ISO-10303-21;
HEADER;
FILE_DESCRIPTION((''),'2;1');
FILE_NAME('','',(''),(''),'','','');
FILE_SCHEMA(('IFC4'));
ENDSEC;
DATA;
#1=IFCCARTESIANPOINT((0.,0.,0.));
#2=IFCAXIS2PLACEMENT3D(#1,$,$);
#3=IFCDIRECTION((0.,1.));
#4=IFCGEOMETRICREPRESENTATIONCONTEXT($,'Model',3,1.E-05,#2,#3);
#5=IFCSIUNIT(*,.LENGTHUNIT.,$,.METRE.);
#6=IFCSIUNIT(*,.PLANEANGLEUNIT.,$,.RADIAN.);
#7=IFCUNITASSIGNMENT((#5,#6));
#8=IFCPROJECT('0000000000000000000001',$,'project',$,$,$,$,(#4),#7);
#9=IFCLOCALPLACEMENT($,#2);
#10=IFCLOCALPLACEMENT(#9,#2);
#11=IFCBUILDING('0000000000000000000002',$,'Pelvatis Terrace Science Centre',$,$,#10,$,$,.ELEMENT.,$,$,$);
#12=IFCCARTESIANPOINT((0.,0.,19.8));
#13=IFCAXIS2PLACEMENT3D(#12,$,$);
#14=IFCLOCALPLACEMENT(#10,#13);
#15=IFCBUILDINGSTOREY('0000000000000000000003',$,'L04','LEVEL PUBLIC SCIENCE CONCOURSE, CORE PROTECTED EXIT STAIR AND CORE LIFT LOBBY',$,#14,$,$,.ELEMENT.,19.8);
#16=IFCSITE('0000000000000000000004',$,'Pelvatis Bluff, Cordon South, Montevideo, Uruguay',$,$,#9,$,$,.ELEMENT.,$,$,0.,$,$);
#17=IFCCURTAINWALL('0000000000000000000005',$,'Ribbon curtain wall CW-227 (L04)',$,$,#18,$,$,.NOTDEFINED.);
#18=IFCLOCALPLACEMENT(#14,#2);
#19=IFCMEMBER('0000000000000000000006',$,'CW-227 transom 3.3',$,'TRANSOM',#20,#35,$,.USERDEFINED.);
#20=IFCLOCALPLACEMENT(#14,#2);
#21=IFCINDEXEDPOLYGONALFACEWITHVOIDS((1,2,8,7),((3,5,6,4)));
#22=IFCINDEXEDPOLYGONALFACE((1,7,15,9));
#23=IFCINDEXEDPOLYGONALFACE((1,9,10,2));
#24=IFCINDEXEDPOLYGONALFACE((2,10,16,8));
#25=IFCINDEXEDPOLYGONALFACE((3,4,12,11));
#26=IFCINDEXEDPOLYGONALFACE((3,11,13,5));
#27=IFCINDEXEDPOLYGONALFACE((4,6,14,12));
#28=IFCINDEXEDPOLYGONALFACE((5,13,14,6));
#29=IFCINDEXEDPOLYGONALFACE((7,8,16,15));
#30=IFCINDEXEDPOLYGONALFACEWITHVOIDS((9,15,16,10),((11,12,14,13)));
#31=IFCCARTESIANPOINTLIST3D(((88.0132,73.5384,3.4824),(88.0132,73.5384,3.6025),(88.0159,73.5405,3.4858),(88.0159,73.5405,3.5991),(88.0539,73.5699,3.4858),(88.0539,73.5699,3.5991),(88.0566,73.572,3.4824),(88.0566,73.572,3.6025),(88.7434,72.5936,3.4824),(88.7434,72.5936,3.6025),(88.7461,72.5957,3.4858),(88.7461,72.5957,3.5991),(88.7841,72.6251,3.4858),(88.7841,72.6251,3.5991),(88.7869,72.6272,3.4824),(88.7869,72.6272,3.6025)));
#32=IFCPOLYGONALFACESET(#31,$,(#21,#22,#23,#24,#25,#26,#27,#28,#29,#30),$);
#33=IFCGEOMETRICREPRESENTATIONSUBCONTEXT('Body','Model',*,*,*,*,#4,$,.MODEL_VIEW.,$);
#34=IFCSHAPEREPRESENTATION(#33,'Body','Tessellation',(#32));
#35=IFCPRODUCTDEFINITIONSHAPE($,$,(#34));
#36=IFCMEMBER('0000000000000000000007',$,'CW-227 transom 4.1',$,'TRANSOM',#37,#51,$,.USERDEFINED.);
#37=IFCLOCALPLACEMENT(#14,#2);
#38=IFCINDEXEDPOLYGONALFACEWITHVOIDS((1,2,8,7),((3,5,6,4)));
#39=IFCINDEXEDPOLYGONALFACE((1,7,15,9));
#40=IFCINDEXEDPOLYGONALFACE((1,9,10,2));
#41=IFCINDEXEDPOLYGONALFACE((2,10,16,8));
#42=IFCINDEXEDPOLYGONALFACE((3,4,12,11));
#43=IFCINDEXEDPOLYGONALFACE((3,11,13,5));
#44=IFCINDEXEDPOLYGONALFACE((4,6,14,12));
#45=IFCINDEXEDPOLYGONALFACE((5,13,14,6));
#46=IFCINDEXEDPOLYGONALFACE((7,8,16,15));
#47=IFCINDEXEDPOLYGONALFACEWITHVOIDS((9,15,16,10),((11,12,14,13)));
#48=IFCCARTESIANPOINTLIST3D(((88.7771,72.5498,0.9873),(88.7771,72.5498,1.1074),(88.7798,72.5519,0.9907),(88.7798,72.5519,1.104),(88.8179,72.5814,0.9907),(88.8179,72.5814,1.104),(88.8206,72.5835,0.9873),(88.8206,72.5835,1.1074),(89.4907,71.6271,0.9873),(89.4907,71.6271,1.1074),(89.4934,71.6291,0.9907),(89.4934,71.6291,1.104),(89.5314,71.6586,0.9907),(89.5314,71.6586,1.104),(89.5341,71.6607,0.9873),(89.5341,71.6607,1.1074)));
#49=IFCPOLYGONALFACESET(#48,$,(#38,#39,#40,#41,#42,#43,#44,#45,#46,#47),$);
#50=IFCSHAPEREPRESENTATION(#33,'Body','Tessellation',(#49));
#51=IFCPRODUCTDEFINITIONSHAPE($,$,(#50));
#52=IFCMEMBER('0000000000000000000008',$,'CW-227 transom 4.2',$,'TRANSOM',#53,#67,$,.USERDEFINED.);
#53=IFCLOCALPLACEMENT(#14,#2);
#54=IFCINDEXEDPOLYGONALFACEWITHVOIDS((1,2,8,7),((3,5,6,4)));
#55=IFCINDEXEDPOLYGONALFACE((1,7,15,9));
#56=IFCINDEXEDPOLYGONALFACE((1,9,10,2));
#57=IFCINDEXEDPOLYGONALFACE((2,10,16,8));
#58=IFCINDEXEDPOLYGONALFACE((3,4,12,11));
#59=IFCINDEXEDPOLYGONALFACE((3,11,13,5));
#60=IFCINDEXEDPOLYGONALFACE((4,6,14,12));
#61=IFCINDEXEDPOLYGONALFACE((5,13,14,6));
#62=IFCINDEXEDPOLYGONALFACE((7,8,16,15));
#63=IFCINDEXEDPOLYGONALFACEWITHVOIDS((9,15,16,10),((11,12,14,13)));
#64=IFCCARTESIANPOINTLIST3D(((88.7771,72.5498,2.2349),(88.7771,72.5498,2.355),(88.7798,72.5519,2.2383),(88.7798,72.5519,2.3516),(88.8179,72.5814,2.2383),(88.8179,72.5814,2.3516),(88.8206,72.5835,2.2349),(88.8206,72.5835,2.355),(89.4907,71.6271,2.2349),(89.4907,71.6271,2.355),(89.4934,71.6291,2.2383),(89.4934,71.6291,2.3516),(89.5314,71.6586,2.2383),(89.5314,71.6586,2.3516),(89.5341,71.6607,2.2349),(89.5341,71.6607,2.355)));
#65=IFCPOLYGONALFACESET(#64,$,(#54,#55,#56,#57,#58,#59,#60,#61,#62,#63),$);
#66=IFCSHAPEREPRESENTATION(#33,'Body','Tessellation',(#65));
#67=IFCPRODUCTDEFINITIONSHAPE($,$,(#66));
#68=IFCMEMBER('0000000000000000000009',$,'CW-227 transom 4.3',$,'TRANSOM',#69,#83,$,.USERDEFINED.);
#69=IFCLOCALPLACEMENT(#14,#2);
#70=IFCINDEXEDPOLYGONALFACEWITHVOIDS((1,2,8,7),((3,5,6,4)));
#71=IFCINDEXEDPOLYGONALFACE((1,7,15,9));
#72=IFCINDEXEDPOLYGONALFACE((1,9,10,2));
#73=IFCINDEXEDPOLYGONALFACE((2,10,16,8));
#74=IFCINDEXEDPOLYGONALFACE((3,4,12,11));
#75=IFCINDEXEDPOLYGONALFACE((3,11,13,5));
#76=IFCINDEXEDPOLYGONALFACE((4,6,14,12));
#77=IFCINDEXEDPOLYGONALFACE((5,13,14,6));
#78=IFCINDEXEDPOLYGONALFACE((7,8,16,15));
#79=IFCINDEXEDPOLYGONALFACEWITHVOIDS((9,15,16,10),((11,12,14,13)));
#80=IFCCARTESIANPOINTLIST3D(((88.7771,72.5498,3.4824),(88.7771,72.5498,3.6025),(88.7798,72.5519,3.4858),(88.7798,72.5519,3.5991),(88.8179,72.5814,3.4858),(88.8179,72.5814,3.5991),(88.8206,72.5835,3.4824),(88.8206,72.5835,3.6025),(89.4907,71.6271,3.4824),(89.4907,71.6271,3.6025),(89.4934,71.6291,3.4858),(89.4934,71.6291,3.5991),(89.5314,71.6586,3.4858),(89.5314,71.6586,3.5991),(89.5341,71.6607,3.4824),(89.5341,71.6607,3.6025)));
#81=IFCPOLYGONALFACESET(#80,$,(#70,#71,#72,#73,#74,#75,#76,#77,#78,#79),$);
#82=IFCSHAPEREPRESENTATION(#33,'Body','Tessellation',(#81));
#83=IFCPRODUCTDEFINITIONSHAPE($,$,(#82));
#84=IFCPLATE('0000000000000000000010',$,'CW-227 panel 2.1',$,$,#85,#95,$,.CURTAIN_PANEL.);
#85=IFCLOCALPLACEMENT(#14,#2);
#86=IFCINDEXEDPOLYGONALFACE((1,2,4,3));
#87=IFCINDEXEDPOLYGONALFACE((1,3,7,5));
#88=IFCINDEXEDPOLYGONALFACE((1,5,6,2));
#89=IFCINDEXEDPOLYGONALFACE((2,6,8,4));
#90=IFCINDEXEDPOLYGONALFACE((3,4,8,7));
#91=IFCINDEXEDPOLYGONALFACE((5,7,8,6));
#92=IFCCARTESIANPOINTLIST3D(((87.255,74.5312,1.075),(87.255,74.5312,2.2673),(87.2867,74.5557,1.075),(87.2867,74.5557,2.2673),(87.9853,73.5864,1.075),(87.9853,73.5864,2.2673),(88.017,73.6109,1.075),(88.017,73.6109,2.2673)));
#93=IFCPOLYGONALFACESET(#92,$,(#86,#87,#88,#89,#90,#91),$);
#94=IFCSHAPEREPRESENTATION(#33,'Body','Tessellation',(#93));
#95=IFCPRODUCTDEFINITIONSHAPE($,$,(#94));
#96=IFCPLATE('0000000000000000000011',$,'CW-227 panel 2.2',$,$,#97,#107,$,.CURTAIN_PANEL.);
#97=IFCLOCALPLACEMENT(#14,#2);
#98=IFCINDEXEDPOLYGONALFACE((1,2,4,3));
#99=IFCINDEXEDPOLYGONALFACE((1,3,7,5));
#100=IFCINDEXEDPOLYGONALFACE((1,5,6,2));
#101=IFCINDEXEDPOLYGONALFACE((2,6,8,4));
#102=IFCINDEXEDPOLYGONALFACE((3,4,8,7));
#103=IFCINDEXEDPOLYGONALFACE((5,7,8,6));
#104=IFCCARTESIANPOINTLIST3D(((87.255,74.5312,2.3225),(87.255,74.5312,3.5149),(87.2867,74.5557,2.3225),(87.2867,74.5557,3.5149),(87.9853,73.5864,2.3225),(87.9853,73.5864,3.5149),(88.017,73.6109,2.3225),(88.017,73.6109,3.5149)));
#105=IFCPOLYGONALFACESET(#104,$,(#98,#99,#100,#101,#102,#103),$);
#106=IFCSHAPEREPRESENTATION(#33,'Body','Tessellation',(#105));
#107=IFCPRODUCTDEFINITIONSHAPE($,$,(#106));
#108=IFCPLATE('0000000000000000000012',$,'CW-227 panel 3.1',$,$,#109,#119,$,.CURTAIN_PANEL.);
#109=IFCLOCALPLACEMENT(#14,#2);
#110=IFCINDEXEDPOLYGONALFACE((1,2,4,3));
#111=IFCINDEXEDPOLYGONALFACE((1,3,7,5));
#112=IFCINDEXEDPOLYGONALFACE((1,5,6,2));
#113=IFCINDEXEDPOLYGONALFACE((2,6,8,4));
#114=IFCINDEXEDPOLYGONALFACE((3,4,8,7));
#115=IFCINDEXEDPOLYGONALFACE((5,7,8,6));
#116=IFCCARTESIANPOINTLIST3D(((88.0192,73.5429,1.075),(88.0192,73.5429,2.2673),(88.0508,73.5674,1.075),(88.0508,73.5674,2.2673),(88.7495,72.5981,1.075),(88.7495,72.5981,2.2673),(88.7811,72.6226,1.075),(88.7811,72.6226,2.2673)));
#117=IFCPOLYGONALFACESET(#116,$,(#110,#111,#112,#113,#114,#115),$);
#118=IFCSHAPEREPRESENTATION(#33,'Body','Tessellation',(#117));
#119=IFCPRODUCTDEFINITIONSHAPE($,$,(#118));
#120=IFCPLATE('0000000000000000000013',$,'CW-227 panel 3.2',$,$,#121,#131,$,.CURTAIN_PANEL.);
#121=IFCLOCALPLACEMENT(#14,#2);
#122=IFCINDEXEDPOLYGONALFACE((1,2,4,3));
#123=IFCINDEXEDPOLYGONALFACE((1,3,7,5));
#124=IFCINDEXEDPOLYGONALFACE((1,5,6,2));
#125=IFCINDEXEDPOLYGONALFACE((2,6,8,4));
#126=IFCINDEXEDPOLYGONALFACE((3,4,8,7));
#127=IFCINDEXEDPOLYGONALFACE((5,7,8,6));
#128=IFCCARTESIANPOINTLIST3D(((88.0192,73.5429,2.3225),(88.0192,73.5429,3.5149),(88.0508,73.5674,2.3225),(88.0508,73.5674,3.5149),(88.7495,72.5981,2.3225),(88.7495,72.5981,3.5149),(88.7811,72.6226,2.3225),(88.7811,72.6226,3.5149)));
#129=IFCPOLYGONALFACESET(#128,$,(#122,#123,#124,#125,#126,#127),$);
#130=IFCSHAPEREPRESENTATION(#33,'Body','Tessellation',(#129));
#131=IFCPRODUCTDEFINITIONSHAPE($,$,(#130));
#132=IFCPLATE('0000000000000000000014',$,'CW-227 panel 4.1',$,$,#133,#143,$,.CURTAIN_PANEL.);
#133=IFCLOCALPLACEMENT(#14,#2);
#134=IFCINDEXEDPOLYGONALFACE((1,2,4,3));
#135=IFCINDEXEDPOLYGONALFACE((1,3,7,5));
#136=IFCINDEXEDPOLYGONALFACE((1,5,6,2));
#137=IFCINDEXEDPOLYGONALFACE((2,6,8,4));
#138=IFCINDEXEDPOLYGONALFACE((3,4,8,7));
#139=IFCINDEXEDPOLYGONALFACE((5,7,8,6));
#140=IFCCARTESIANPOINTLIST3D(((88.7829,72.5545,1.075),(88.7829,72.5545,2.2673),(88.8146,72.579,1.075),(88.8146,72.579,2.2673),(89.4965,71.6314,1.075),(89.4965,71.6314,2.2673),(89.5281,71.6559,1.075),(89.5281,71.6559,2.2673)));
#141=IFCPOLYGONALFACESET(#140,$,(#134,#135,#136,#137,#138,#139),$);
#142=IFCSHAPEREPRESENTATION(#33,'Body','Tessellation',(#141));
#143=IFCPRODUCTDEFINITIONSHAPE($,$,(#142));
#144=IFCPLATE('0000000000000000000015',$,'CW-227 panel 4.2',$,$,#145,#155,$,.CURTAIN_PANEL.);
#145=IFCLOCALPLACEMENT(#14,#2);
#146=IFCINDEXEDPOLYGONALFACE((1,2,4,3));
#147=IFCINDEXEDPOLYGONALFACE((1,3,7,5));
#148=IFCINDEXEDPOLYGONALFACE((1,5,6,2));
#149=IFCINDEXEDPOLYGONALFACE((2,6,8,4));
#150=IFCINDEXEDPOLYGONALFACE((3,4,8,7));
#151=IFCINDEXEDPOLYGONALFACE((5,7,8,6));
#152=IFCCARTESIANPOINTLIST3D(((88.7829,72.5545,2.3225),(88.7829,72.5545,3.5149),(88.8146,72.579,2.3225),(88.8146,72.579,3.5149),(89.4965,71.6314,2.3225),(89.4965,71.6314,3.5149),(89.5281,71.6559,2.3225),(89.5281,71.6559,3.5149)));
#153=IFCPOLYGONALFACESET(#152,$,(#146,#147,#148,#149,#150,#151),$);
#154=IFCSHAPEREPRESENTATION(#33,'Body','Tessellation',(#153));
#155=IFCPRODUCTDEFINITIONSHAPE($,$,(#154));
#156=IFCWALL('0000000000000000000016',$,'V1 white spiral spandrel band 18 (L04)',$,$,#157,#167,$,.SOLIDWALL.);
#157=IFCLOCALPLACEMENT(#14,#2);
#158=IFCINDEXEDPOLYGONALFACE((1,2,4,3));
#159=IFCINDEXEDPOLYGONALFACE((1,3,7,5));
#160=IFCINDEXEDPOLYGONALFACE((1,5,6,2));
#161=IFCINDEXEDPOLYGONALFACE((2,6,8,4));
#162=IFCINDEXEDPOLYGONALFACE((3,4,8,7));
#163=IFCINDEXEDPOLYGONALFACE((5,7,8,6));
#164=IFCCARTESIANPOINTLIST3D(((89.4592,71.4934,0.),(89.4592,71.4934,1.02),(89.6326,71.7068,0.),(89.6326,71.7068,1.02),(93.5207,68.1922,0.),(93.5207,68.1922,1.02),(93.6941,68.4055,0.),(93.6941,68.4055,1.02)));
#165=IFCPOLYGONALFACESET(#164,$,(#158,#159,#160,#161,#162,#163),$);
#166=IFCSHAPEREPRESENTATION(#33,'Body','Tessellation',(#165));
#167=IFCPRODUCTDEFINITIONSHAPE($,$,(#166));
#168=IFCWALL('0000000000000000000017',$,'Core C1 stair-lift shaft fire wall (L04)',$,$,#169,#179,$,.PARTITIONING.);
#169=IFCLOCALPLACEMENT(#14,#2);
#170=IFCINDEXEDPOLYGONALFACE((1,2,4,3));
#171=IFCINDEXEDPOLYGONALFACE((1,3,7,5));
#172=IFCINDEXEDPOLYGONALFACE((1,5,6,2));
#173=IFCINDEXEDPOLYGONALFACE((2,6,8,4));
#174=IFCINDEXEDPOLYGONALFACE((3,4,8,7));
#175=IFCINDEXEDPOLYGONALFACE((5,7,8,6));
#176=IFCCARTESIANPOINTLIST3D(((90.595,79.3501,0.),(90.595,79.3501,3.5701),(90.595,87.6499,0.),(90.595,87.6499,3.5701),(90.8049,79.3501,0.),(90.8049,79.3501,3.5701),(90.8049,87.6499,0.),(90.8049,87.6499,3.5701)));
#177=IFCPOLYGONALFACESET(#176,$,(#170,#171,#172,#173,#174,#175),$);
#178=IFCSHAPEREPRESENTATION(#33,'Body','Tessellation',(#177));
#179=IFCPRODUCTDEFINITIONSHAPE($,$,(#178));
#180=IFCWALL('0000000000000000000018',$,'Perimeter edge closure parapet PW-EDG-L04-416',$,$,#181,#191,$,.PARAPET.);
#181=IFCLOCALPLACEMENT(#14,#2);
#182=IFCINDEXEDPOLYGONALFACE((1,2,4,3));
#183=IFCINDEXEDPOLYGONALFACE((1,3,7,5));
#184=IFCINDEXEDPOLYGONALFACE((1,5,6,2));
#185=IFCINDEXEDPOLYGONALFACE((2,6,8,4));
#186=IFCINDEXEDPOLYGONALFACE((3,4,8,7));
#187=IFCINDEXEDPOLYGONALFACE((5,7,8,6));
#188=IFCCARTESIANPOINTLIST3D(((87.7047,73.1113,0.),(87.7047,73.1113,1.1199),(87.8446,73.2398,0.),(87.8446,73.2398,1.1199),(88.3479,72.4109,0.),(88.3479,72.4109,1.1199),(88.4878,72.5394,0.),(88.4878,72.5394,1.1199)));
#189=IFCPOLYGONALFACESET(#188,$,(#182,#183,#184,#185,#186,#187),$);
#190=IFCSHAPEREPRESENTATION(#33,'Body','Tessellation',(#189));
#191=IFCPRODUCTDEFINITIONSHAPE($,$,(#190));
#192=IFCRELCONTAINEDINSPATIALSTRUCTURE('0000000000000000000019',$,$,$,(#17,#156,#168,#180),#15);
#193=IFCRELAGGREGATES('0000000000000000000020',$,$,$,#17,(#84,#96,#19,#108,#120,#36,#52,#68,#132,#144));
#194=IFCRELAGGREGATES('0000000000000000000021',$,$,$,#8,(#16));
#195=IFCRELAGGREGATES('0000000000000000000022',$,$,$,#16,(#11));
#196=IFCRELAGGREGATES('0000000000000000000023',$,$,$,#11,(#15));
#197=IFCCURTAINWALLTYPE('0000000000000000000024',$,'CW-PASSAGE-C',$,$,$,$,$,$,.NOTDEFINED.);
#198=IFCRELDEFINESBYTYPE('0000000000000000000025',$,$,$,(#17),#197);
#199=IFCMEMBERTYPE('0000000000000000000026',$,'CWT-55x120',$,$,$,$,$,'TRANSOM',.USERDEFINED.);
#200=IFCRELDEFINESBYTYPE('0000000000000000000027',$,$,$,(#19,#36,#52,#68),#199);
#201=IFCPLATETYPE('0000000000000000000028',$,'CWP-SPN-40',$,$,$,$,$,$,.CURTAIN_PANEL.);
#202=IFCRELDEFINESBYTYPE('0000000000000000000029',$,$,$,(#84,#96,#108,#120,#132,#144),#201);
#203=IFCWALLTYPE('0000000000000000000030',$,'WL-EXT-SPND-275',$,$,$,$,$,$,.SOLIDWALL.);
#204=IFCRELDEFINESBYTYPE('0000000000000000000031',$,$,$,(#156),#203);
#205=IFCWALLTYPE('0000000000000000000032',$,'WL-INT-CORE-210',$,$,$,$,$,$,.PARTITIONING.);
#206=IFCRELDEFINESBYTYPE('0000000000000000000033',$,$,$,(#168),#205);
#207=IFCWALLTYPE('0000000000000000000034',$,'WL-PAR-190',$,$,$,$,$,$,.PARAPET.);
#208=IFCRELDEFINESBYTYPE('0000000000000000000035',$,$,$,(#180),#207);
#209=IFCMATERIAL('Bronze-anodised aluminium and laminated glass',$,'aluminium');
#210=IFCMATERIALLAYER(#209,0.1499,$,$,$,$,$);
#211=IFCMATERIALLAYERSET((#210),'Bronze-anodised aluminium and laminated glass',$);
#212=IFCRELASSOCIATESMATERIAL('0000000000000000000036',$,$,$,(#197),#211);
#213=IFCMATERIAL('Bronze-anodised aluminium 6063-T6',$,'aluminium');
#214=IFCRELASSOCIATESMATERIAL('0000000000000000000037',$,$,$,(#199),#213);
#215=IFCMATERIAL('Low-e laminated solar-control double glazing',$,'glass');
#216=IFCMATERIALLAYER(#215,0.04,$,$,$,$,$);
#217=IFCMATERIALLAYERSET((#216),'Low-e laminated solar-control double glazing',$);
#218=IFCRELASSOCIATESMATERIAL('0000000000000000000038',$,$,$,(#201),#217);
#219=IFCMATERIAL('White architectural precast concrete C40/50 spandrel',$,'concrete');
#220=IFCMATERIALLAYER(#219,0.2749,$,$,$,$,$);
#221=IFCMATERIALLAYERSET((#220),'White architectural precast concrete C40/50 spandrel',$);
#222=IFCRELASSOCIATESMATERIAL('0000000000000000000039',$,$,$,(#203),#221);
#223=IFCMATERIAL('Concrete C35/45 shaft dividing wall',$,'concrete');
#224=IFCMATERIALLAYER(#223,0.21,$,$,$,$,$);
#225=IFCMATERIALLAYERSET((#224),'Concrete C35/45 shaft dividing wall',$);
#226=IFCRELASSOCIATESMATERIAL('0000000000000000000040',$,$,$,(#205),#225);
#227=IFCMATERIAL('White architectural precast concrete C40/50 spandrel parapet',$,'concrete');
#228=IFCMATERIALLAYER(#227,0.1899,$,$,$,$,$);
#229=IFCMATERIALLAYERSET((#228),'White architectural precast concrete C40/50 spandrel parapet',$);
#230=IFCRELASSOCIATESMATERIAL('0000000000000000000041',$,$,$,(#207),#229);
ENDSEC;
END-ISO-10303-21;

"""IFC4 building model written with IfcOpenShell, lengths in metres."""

from ifc_helpers import new_model, si_unit, direction, frame, frame_2d, origin, origin_2d, place, context, subcontext, project, spatial, rectangle, hollow_rectangle, extrude, material, layer, layer_set, material_profile, profile_set, type_object, element, aggregate, save


model = new_model("IFC4")

# Units and contexts
model_context = context("Model", 3, precision=1e-05, world=origin(), true_north=direction((0.0, 1.0)))
body_context = subcontext(model_context, "Body", "Model", "MODEL_VIEW")
ifc_project = project(units=[si_unit("LENGTHUNIT", "METRE"), si_unit("PLANEANGLEUNIT", "RADIAN")], contexts=[model_context])

# Site, building, storey
site_placement = place(None, origin())
site = spatial("IfcSite", under=ifc_project, at=site_placement, Name="Pelvatis Bluff, Cordon South, Montevideo, Uruguay", CompositionType="ELEMENT", RefElevation=0.0)
building_placement = place(site_placement, origin())
building = spatial("IfcBuilding", under=site, at=building_placement, Name="Pelvatis Terrace Science Centre", CompositionType="ELEMENT")
storey_placement = place(building_placement, frame((0.0, 0.0, 19.8)))
storey = spatial("IfcBuildingStorey", under=building, at=storey_placement, Name="L04", Description="LEVEL PUBLIC SCIENCE CONCOURSE, CORE PROTECTED EXIT STAIR AND CORE LIFT LOBBY", CompositionType="ELEMENT", Elevation=19.8)

# Curtain wall
ifc_material_1 = material(Name="Bronze-anodised aluminium and laminated glass", Category="aluminium")
ifc_layer_1 = layer(ifc_material_1, 0.1499)
ifc_layer_set_1 = layer_set([ifc_layer_1], Name="Bronze-anodised aluminium and laminated glass")
curtain_wall_type = type_object("IfcCurtainWallType", Name="CW-PASSAGE-C", PredefinedType="NOTDEFINED", material=ifc_layer_set_1)
curtain_wall_1_placement = place(storey_placement, origin())
curtain_wall_1 = element("IfcCurtainWall", 1, at=curtain_wall_1_placement, inside=storey, type_object=curtain_wall_type, Name="Ribbon curtain wall CW-227 (L04)", PredefinedType="NOTDEFINED")

# Members
ifc_material_2 = material(Name="Bronze-anodised aluminium 6063-T6", Category="aluminium")
ifc_material_profile_1 = material_profile(ifc_material_2, hollow_rectangle(XDim=0.0549, YDim=0.1201, WallThickness=0.0034, at=origin_2d()), Name="ALU-TRN 55x120")
ifc_profile_set_1 = profile_set([ifc_material_profile_1], Name="Bronze-anodised aluminium 6063-T6")
member_type_1 = type_object("IfcMemberType", Name="CWT-55x120", ElementType="TRANSOM", PredefinedType="USERDEFINED", material=ifc_profile_set_1)
member_1_placement = place(storey_placement, frame((88.0349, 73.5552, 3.5425), z_axis=(0.611517, -0.791231, 0.0), x_axis=(0.791231, 0.611517, 0.0)))
member_1 = element("IfcMember", 2, at=member_1_placement, type_object=member_type_1, Name="CW-227 transom 3.3", ObjectType="TRANSOM", PredefinedType="USERDEFINED", context=body_context, shape_type="SweptSolid", body=[
    extrude(hollow_rectangle(XDim=0.0549, YDim=0.1201, WallThickness=0.0034, at=origin_2d()), origin(), (0.0, 0.0, 1.0), 1.1941),
])
member_2_placement = place(storey_placement, frame((88.7988, 72.5667, 1.0474), z_axis=(0.611721, -0.791073, 0.0), x_axis=(0.791073, 0.611721, 0.0)))
member_2 = element("IfcMember", 3, at=member_2_placement, type_object=member_type_1, Name="CW-227 transom 4.1", ObjectType="TRANSOM", PredefinedType="USERDEFINED", context=body_context, shape_type="SweptSolid", body=[
    extrude(hollow_rectangle(XDim=0.0549, YDim=0.1201, WallThickness=0.0034, at=origin_2d()), origin(), (0.0, 0.0, 1.0), 1.1665),
])
member_3_placement = place(storey_placement, frame((88.7988, 72.5667, 2.2949), z_axis=(0.611721, -0.791073, 0.0), x_axis=(0.791073, 0.611721, 0.0)))
member_3 = element("IfcMember", 4, at=member_3_placement, type_object=member_type_1, Name="CW-227 transom 4.2", ObjectType="TRANSOM", PredefinedType="USERDEFINED", context=body_context, shape_type="SweptSolid", body=[
    extrude(hollow_rectangle(XDim=0.0549, YDim=0.1201, WallThickness=0.0034, at=origin_2d()), origin(), (0.0, 0.0, 1.0), 1.1665),
])
member_4_placement = place(storey_placement, frame((88.7988, 72.5667, 3.5425), z_axis=(0.611721, -0.791073, 0.0), x_axis=(0.791073, 0.611721, 0.0)))
member_4 = element("IfcMember", 5, at=member_4_placement, type_object=member_type_1, Name="CW-227 transom 4.3", ObjectType="TRANSOM", PredefinedType="USERDEFINED", context=body_context, shape_type="SweptSolid", body=[
    extrude(hollow_rectangle(XDim=0.0549, YDim=0.1201, WallThickness=0.0034, at=origin_2d()), origin(), (0.0, 0.0, 1.0), 1.1665),
])

# Plates
ifc_material_3 = material(Name="Low-e laminated solar-control double glazing", Category="glass")
ifc_layer_2 = layer(ifc_material_3, 0.04)
ifc_layer_set_2 = layer_set([ifc_layer_2], Name="Low-e laminated solar-control double glazing")
plate_type = type_object("IfcPlateType", Name="CWP-SPN-40", PredefinedType="CURTAIN_PANEL", material=ifc_layer_set_2)
plate_1_placement = place(storey_placement, frame((87.636, 74.071, 1.075), z_axis=(0.0, 0.0, 1.0), x_axis=(0.611582, -0.791181, 0.0)))
plate_1 = element("IfcPlate", 6, at=plate_1_placement, type_object=plate_type, Name="CW-227 panel 2.1", PredefinedType="CURTAIN_PANEL", context=body_context, shape_type="SweptSolid", body=[
    extrude(rectangle(XDim=1.1941, YDim=0.04, at=origin_2d()), origin(), (0.0, 0.0, 1.0), 1.1924),
])
plate_2_placement = place(storey_placement, frame((87.636, 74.071, 2.3225), z_axis=(0.0, 0.0, 1.0), x_axis=(0.611582, -0.791181, 0.0)))
plate_2 = element("IfcPlate", 7, at=plate_2_placement, type_object=plate_type, Name="CW-227 panel 2.2", PredefinedType="CURTAIN_PANEL", context=body_context, shape_type="SweptSolid", body=[
    extrude(rectangle(XDim=1.1941, YDim=0.04, at=origin_2d()), origin(), (0.0, 0.0, 1.0), 1.1924),
])
plate_3_placement = place(storey_placement, frame((88.4001, 73.0828, 1.075), z_axis=(0.0, 0.0, 1.0), x_axis=(0.611582, -0.791181, 0.0)))
plate_3 = element("IfcPlate", 8, at=plate_3_placement, type_object=plate_type, Name="CW-227 panel 3.1", PredefinedType="CURTAIN_PANEL", context=body_context, shape_type="SweptSolid", body=[
    extrude(rectangle(XDim=1.1941, YDim=0.04, at=origin_2d()), origin(), (0.0, 0.0, 1.0), 1.1924),
])
plate_4_placement = place(storey_placement, frame((88.4001, 73.0828, 2.3225), z_axis=(0.0, 0.0, 1.0), x_axis=(0.611582, -0.791181, 0.0)))
plate_4 = element("IfcPlate", 9, at=plate_4_placement, type_object=plate_type, Name="CW-227 panel 3.2", PredefinedType="CURTAIN_PANEL", context=body_context, shape_type="SweptSolid", body=[
    extrude(rectangle(XDim=1.1941, YDim=0.04, at=origin_2d()), origin(), (0.0, 0.0, 1.0), 1.1924),
])
plate_5_placement = place(storey_placement, frame((89.1555, 72.1052, 1.075), z_axis=(0.0, 0.0, 1.0), x_axis=(0.611582, -0.791181, 0.0)))
plate_5 = element("IfcPlate", 10, at=plate_5_placement, type_object=plate_type, Name="CW-227 panel 4.1", PredefinedType="CURTAIN_PANEL", context=body_context, shape_type="SweptSolid", body=[
    extrude(rectangle(XDim=1.1667, YDim=0.04, at=origin_2d()), origin(), (0.0, 0.0, 1.0), 1.1924),
])
plate_6_placement = place(storey_placement, frame((89.1555, 72.1052, 2.3225), z_axis=(0.0, 0.0, 1.0), x_axis=(0.611582, -0.791181, 0.0)))
plate_6 = element("IfcPlate", 11, at=plate_6_placement, type_object=plate_type, Name="CW-227 panel 4.2", PredefinedType="CURTAIN_PANEL", context=body_context, shape_type="SweptSolid", body=[
    extrude(rectangle(XDim=1.1667, YDim=0.04, at=origin_2d()), origin(), (0.0, 0.0, 1.0), 1.1924),
])
aggregate(curtain_wall_1, [plate_1, plate_2, member_1, plate_3, plate_4, member_2, member_3, member_4, plate_5, plate_6])

# Walls
ifc_material_4 = material(Name="White architectural precast concrete C40/50 spandrel", Category="concrete")
ifc_layer_3 = layer(ifc_material_4, 0.2749)
ifc_layer_set_3 = layer_set([ifc_layer_3], Name="White architectural precast concrete C40/50 spandrel")
wall_type_1 = type_object("IfcWallType", Name="WL-EXT-SPND-275", PredefinedType="SOLIDWALL", material=ifc_layer_set_3)
wall_1_placement = place(storey_placement, frame((89.5459, 71.6001, 0.0), z_axis=(0.0, 0.0, 1.0), x_axis=(0.775994, -0.63074, 0.0)))
element("IfcWall", 12, at=wall_1_placement, inside=storey, type_object=wall_type_1, Name="V1 white spiral spandrel band 18 (L04)", PredefinedType="SOLIDWALL", context=body_context, shape_type="SweptSolid", body=[
    extrude(rectangle(XDim=5.2339, YDim=0.2749, at=frame_2d((2.6169, 0.0))), origin(), (0.0, 0.0, 1.0), 1.02),
])
ifc_material_5 = material(Name="Concrete C35/45 shaft dividing wall", Category="concrete")
ifc_layer_4 = layer(ifc_material_5, 0.21)
ifc_layer_set_4 = layer_set([ifc_layer_4], Name="Concrete C35/45 shaft dividing wall")
wall_type_2 = type_object("IfcWallType", Name="WL-INT-CORE-210", PredefinedType="PARTITIONING", material=ifc_layer_set_4)
wall_2_placement = place(storey_placement, frame((90.7, 79.3501, 0.0), z_axis=(0.0, 0.0, 1.0), x_axis=(0.0, 1.0, 0.0)))
element("IfcWall", 13, at=wall_2_placement, inside=storey, type_object=wall_type_2, Name="Core C1 stair-lift shaft fire wall (L04)", PredefinedType="PARTITIONING", context=body_context, shape_type="SweptSolid", body=[
    extrude(rectangle(XDim=8.2998, YDim=0.21, at=frame_2d((4.1499, 0.0))), origin(), (0.0, 0.0, 1.0), 3.5701),
])

# Wall
ifc_material_6 = material(Name="White architectural precast concrete C40/50 spandrel parapet", Category="concrete")
ifc_layer_5 = layer(ifc_material_6, 0.1899)
ifc_layer_set_5 = layer_set([ifc_layer_5], Name="White architectural precast concrete C40/50 spandrel parapet")
wall_type_3 = type_object("IfcWallType", Name="WL-PAR-190", PredefinedType="PARAPET", material=ifc_layer_set_5)
wall_3_placement = place(storey_placement, frame((88.418, 72.4751, 0.0), z_axis=(0.0, 0.0, 1.0), x_axis=(-0.676433, 0.736504, 0.0)))
element("IfcWall", 14, at=wall_3_placement, inside=storey, type_object=wall_type_3, Name="Perimeter edge closure parapet PW-EDG-L04-416", PredefinedType="PARAPET", context=body_context, shape_type="SweptSolid", body=[
    extrude(rectangle(XDim=0.9509, YDim=0.1899, at=frame_2d((0.4756, 0.0))), origin(), (0.0, 0.0, 1.0), 1.1199),
])

save(model, "model.ifc")
